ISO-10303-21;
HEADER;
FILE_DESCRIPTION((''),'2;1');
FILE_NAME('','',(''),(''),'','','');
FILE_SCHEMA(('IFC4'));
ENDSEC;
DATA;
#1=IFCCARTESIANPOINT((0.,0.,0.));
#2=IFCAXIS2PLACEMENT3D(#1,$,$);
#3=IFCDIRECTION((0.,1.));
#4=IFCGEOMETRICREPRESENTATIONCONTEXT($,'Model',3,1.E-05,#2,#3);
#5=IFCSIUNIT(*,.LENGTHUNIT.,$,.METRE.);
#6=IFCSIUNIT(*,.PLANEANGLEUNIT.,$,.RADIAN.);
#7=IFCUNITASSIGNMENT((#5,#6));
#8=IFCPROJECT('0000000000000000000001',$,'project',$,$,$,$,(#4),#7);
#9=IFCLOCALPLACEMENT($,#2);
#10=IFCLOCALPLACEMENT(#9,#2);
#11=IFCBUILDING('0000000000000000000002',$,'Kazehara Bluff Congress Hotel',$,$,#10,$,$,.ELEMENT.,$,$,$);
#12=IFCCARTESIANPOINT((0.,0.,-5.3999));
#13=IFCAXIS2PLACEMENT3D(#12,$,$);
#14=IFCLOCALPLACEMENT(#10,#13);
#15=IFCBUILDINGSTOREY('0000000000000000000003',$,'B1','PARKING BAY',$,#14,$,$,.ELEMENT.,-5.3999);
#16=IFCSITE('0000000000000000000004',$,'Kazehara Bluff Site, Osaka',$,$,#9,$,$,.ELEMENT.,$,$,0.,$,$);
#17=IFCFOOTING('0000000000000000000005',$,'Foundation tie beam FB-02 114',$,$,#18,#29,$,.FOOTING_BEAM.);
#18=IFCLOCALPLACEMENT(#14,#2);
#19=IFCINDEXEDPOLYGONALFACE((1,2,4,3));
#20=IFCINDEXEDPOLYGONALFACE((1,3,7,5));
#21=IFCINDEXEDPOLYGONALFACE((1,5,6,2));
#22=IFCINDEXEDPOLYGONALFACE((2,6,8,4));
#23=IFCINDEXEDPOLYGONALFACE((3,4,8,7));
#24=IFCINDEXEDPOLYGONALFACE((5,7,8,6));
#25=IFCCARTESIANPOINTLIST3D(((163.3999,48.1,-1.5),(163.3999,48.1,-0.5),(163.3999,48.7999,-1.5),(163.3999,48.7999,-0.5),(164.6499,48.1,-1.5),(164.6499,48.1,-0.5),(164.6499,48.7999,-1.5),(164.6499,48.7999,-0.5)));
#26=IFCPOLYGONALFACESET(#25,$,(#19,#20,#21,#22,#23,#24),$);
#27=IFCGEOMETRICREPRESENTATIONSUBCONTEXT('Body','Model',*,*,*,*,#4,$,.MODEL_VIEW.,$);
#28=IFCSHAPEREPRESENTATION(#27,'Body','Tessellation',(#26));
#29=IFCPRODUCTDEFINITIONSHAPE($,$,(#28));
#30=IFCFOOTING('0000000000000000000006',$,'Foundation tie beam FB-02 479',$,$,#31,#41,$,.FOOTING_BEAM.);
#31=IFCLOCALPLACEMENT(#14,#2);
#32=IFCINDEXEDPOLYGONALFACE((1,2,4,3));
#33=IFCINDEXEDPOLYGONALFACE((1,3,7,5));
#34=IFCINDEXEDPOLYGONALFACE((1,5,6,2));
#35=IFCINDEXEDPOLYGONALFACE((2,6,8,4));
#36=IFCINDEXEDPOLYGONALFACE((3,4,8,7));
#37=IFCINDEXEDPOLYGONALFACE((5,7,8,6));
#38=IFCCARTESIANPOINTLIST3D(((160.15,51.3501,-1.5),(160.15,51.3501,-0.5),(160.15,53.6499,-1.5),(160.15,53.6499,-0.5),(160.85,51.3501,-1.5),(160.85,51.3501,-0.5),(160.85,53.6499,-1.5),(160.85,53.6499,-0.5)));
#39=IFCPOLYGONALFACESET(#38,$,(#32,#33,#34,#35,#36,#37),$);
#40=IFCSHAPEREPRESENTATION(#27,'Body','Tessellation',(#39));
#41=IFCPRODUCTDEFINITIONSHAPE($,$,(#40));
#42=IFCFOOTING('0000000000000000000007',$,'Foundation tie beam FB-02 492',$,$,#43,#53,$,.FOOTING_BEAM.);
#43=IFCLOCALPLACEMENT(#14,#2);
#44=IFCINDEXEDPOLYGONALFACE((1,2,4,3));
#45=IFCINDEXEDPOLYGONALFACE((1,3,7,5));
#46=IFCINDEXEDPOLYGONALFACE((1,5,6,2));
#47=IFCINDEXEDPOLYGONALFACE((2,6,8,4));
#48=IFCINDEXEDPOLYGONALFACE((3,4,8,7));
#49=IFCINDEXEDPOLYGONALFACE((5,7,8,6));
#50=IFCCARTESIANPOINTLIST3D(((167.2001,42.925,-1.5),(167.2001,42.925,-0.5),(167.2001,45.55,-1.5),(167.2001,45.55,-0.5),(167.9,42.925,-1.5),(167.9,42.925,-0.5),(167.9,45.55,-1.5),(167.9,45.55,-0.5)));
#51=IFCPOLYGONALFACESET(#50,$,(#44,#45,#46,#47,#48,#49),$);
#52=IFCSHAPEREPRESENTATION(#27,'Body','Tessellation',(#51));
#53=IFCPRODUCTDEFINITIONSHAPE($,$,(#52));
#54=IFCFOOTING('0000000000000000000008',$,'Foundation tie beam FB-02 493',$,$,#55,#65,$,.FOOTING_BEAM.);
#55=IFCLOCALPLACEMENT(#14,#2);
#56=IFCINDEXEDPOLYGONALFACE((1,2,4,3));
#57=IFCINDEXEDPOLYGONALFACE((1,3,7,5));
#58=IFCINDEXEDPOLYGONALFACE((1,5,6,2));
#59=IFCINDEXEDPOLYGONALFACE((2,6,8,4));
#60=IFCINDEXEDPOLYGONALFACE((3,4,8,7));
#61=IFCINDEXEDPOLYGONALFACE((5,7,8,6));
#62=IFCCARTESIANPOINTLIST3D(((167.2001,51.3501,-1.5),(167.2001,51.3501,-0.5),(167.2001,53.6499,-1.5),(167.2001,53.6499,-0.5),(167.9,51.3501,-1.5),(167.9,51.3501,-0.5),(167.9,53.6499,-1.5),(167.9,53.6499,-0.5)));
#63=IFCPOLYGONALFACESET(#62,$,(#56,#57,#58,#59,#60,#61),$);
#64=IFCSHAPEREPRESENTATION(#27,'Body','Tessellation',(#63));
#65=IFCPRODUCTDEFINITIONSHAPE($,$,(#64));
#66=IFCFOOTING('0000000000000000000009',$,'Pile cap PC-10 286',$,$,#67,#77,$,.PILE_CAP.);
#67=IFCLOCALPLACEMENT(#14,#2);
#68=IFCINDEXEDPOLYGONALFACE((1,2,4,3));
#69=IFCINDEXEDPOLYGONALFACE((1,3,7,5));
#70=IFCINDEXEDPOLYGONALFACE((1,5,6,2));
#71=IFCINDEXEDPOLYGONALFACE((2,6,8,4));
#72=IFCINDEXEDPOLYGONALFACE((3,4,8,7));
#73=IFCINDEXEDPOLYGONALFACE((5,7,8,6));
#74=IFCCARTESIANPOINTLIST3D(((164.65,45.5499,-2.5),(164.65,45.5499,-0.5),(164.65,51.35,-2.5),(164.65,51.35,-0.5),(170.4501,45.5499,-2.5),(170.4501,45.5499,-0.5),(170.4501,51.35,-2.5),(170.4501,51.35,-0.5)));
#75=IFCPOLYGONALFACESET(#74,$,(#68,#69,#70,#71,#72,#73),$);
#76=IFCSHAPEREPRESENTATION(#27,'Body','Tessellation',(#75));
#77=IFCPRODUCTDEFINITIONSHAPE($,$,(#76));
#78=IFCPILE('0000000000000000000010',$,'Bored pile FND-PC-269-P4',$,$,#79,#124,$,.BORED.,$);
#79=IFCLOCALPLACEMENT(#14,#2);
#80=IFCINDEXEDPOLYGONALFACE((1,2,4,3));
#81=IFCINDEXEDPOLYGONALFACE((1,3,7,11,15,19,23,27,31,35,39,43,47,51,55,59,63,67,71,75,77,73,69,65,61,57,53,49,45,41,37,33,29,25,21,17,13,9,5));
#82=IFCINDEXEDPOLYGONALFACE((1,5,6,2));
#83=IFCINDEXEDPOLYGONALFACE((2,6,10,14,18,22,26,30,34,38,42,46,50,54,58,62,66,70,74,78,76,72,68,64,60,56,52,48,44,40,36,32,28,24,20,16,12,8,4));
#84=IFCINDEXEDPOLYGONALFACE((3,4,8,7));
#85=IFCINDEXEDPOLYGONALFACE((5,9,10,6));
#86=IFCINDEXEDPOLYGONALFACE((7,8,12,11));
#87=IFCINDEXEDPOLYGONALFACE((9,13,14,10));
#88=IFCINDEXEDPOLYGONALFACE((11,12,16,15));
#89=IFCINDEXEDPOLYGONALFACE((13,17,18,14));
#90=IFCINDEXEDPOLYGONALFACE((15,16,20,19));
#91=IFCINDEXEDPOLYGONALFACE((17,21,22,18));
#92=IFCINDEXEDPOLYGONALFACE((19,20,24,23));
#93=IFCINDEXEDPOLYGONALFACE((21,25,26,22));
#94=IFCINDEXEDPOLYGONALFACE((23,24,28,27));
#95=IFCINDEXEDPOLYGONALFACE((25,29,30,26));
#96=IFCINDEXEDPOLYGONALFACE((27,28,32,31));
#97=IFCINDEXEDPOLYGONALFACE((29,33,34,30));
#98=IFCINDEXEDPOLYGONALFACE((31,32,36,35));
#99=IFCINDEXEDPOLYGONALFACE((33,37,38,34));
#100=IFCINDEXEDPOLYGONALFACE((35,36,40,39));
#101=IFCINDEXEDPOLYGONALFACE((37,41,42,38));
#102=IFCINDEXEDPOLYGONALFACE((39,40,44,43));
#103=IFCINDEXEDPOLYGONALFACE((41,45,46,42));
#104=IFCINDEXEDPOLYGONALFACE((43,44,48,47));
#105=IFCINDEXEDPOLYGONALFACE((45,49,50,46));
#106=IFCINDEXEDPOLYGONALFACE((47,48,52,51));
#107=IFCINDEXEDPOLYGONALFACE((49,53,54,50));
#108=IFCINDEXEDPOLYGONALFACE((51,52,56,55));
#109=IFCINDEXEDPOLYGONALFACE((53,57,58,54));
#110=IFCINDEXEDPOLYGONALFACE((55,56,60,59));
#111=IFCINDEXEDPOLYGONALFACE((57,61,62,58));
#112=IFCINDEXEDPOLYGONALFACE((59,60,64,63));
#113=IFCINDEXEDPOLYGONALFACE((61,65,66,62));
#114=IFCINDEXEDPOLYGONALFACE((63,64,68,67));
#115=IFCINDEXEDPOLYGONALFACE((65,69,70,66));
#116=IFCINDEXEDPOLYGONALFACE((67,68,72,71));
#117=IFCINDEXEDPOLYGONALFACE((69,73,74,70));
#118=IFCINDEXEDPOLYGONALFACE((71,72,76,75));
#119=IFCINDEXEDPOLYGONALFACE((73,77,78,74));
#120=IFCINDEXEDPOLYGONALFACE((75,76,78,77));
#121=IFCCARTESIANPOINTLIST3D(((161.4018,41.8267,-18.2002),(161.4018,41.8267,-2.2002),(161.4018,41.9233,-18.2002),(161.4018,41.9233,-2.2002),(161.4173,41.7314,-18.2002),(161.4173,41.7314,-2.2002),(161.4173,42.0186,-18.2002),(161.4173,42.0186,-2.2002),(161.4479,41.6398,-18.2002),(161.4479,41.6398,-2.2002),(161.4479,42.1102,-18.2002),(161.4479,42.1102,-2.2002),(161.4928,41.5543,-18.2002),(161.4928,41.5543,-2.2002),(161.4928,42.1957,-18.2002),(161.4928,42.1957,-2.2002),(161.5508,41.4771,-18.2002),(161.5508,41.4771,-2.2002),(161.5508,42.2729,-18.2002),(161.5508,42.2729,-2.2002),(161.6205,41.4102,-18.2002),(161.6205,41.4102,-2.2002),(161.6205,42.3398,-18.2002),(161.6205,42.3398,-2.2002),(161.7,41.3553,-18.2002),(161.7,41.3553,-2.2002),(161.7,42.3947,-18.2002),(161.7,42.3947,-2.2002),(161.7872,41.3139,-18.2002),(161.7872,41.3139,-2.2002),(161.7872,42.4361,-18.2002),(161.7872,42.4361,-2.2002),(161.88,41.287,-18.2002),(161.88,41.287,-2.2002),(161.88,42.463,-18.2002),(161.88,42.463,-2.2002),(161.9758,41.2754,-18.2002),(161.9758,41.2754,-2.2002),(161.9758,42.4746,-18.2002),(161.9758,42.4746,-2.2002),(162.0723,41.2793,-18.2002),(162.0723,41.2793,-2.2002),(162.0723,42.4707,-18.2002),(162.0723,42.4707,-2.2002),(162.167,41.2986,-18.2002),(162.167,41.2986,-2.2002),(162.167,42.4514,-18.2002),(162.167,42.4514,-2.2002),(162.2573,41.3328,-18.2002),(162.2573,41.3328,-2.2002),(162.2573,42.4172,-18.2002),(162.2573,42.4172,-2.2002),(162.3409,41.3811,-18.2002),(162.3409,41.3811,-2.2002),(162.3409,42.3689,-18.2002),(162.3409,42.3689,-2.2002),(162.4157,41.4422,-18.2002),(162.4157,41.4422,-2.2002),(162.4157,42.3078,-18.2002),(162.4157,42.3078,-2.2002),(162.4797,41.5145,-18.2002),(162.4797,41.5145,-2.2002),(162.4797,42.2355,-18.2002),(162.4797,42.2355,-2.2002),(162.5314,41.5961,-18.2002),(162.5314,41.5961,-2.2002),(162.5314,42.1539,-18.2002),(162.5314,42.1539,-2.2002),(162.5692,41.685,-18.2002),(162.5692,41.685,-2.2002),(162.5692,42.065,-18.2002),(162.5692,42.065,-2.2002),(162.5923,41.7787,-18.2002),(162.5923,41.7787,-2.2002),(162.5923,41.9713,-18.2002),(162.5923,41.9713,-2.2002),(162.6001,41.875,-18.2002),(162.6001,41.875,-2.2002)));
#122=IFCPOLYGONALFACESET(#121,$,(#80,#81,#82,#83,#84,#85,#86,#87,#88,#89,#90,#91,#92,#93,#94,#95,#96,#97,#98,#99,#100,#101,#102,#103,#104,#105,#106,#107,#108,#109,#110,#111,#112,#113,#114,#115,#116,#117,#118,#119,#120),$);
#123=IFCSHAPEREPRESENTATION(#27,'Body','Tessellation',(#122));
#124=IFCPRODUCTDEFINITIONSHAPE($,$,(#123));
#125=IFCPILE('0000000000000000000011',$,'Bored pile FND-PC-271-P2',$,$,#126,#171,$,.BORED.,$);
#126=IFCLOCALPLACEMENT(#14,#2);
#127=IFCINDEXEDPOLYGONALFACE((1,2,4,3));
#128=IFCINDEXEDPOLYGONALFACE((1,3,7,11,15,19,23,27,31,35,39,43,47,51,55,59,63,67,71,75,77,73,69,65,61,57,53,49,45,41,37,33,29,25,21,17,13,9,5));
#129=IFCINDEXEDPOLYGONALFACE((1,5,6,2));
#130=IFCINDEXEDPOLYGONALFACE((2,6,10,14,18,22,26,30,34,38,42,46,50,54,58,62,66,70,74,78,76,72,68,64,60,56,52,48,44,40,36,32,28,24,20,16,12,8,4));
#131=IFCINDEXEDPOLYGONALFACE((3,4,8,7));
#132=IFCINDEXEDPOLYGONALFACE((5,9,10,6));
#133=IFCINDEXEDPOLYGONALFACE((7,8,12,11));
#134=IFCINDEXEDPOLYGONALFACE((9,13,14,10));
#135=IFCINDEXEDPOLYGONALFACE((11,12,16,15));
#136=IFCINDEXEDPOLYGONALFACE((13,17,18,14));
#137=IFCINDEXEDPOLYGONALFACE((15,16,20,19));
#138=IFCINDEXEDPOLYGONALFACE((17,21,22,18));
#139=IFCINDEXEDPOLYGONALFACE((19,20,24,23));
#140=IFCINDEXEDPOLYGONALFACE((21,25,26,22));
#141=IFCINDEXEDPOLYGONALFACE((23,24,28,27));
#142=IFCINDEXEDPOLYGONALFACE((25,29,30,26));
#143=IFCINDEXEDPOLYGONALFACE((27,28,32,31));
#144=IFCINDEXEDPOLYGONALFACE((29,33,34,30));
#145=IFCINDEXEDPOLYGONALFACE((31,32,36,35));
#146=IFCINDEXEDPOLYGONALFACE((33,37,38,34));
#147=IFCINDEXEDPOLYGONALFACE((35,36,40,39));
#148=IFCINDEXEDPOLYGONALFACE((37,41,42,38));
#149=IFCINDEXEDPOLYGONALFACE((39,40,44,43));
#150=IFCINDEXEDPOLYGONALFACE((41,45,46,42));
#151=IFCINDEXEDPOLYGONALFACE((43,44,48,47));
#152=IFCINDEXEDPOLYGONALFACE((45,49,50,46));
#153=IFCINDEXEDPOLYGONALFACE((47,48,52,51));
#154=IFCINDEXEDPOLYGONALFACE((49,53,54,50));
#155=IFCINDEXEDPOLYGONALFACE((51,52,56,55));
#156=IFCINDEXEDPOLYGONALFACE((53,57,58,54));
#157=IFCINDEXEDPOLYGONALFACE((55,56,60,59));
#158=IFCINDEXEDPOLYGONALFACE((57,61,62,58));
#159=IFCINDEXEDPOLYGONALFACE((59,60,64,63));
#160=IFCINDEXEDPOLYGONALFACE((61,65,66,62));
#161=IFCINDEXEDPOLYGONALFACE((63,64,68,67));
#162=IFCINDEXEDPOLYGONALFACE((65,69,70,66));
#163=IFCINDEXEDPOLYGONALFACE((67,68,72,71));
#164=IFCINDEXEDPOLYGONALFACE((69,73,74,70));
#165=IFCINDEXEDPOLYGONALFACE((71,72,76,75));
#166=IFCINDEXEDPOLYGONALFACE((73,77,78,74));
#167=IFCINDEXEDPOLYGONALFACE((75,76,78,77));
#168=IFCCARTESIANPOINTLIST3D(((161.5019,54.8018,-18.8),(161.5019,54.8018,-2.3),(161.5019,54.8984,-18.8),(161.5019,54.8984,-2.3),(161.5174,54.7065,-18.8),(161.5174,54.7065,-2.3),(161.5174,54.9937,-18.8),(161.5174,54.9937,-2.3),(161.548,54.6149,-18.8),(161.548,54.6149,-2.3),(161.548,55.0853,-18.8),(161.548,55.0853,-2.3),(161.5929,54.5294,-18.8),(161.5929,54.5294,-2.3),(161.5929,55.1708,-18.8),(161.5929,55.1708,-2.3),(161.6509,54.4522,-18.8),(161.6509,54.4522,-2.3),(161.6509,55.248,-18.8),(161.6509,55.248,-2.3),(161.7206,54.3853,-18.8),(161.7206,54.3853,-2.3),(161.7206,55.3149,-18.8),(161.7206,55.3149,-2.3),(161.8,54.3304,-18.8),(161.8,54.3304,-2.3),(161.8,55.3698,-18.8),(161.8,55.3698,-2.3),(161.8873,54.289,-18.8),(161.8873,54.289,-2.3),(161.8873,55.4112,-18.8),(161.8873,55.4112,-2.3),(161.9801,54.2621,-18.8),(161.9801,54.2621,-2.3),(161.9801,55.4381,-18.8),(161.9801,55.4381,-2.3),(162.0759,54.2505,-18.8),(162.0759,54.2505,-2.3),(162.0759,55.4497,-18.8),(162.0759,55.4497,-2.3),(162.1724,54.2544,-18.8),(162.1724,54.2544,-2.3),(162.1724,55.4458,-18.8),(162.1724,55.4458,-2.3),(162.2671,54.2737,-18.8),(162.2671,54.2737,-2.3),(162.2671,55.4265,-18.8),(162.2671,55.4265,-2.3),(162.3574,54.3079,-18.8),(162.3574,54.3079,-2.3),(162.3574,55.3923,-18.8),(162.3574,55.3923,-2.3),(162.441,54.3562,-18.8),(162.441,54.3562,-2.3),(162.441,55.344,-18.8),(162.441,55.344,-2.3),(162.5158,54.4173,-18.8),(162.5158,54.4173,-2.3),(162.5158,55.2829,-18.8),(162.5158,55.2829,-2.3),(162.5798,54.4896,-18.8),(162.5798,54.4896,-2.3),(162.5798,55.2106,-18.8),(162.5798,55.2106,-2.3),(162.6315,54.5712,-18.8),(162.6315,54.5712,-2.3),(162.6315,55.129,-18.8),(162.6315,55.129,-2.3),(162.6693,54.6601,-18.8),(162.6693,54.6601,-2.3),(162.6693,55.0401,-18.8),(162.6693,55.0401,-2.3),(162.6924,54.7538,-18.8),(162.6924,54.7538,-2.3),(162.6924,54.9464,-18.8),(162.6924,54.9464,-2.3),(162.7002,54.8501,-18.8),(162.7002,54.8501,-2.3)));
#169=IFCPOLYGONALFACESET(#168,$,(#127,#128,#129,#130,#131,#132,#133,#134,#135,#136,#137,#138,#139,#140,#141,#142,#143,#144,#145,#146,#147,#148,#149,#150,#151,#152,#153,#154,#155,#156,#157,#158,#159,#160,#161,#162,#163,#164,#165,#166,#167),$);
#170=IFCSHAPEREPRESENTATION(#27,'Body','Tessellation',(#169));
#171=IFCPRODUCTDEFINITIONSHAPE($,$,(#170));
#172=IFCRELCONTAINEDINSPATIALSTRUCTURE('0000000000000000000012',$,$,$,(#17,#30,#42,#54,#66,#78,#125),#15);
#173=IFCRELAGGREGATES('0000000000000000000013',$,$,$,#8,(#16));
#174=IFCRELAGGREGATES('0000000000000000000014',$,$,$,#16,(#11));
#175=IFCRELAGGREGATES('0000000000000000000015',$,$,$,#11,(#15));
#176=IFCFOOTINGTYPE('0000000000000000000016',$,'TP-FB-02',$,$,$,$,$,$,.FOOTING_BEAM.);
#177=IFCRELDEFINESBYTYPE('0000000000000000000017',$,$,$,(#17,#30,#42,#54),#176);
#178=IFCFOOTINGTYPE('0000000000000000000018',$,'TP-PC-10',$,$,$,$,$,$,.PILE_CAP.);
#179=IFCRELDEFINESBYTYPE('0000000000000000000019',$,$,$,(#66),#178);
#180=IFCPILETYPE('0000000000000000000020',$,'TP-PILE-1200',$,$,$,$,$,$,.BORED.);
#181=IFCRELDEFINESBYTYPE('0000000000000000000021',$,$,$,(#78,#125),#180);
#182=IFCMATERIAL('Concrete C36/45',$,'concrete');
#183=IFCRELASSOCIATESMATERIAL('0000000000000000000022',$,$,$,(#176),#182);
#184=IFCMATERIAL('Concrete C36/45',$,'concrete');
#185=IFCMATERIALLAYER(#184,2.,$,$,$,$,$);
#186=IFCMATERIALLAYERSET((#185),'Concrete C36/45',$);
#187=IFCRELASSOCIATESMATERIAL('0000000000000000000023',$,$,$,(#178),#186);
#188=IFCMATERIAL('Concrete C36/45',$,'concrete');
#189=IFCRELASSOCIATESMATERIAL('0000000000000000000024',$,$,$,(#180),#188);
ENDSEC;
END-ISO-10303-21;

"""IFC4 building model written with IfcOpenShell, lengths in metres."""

from ifc_helpers import new_model, si_unit, direction, frame, origin, origin_2d, place, context, subcontext, project, spatial, rectangle, circle, extrude, material, layer, layer_set, material_profile, profile_set, type_object, element, save


model = new_model("IFC4")

# Units and contexts
model_context = context("Model", 3, precision=1e-05, world=origin(), true_north=direction((0.0, 1.0)))
body_context = subcontext(model_context, "Body", "Model", "MODEL_VIEW")
ifc_project = project(units=[si_unit("LENGTHUNIT", "METRE"), si_unit("PLANEANGLEUNIT", "RADIAN")], contexts=[model_context])

# Site, building, storey
site_placement = place(None, origin())
site = spatial("IfcSite", under=ifc_project, at=site_placement, Name="Kazehara Bluff Site, Osaka", CompositionType="ELEMENT", RefElevation=0.0)
building_placement = place(site_placement, origin())
building = spatial("IfcBuilding", under=site, at=building_placement, Name="Kazehara Bluff Congress Hotel", CompositionType="ELEMENT")
storey_placement = place(building_placement, frame((0.0, 0.0, -5.3999)))
storey = spatial("IfcBuildingStorey", under=building, at=storey_placement, Name="B1", Description="PARKING BAY", CompositionType="ELEMENT", Elevation=-5.3999)

# Footings
ifc_material_1 = material(Name="Concrete C36/45", Category="concrete")
ifc_material_profile_1 = material_profile(ifc_material_1, rectangle(XDim=0.7, YDim=1.0, at=origin_2d()))
ifc_profile_set_1 = profile_set([ifc_material_profile_1], Name="Concrete C36/45")
footing_type_1 = type_object("IfcFootingType", Name="TP-FB-02", PredefinedType="FOOTING_BEAM", material=ifc_profile_set_1)
footing_1_placement = place(storey_placement, frame((163.3999, 48.45, -1.0), z_axis=(1.0, 0.0, 0.0), x_axis=(0.0, 1.0, 0.0)))
element("IfcFooting", 1, at=footing_1_placement, inside=storey, type_object=footing_type_1, Name="Foundation tie beam FB-02 114", PredefinedType="FOOTING_BEAM", context=body_context, shape_type="SweptSolid", body=[
    extrude(rectangle(XDim=0.7, YDim=1.0, at=origin_2d()), origin(), (0.0, 0.0, 1.0), 1.25),
])
footing_2_placement = place(storey_placement, frame((160.5, 51.3501, -1.0), z_axis=(0.0, 1.0, 0.0), x_axis=(-1.0, 0.0, 0.0)))
element("IfcFooting", 2, at=footing_2_placement, inside=storey, type_object=footing_type_1, Name="Foundation tie beam FB-02 479", PredefinedType="FOOTING_BEAM", context=body_context, shape_type="SweptSolid", body=[
    extrude(rectangle(XDim=0.7, YDim=1.0, at=origin_2d()), origin(), (0.0, 0.0, 1.0), 2.2998),
])
footing_3_placement = place(storey_placement, frame((167.55, 42.925, -1.0), z_axis=(0.0, 1.0, 0.0), x_axis=(-1.0, 0.0, 0.0)))
element("IfcFooting", 3, at=footing_3_placement, inside=storey, type_object=footing_type_1, Name="Foundation tie beam FB-02 492", PredefinedType="FOOTING_BEAM", context=body_context, shape_type="SweptSolid", body=[
    extrude(rectangle(XDim=0.7, YDim=1.0, at=origin_2d()), origin(), (0.0, 0.0, 1.0), 2.625),
])
footing_4_placement = place(storey_placement, frame((167.55, 51.3501, -1.0), z_axis=(0.0, 1.0, 0.0), x_axis=(-1.0, 0.0, 0.0)))
element("IfcFooting", 4, at=footing_4_placement, inside=storey, type_object=footing_type_1, Name="Foundation tie beam FB-02 493", PredefinedType="FOOTING_BEAM", context=body_context, shape_type="SweptSolid", body=[
    extrude(rectangle(XDim=0.7, YDim=1.0, at=origin_2d()), origin(), (0.0, 0.0, 1.0), 2.2998),
])
ifc_material_2 = material(Name="Concrete C36/45", Category="concrete")
ifc_layer = layer(ifc_material_2, 2.0)
ifc_layer_set = layer_set([ifc_layer], Name="Concrete C36/45")
footing_type_2 = type_object("IfcFootingType", Name="TP-PC-10", PredefinedType="PILE_CAP", material=ifc_layer_set)
footing_5_placement = place(storey_placement, frame((167.55, 48.45, -2.5), z_axis=(0.0, 0.0, 1.0), x_axis=(1.0, 0.0, 0.0)))
element("IfcFooting", 5, at=footing_5_placement, inside=storey, type_object=footing_type_2, Name="Pile cap PC-10 286", PredefinedType="PILE_CAP", context=body_context, shape_type="SweptSolid", body=[
    extrude(rectangle(XDim=5.8, YDim=5.8, at=origin_2d()), origin(), (0.0, 0.0, 1.0), 2.0),
])

# Piles
ifc_material_3 = material(Name="Concrete C36/45", Category="concrete")
ifc_material_profile_2 = material_profile(ifc_material_3, circle(Radius=0.6001, at=origin_2d()))
ifc_profile_set_2 = profile_set([ifc_material_profile_2], Name="Concrete C36/45")
pile_type_1 = type_object("IfcPileType", Name="TP-PILE-1200", PredefinedType="BORED", material=ifc_profile_set_2)
pile_1_placement = place(storey_placement, frame((162.0, 41.875, -2.2002), z_axis=(0.0, 0.0, -1.0), x_axis=(1.0, 0.0, 0.0)))
element("IfcPile", 6, at=pile_1_placement, inside=storey, type_object=pile_type_1, Name="Bored pile FND-PC-269-P4", PredefinedType="BORED", context=body_context, shape_type="SweptSolid", body=[
    extrude(circle(Radius=0.6001, at=origin_2d()), origin(), (0.0, 0.0, 1.0), 16.0),
])
pile_2_placement = place(storey_placement, frame((162.1001, 54.8501, -2.3), z_axis=(0.0, 0.0, -1.0), x_axis=(1.0, 0.0, 0.0)))
element("IfcPile", 7, at=pile_2_placement, inside=storey, type_object=pile_type_1, Name="Bored pile FND-PC-271-P2", PredefinedType="BORED", context=body_context, shape_type="SweptSolid", body=[
    extrude(circle(Radius=0.6001, at=origin_2d()), origin(), (0.0, 0.0, 1.0), 16.5),
])

save(model, "model.ifc")
